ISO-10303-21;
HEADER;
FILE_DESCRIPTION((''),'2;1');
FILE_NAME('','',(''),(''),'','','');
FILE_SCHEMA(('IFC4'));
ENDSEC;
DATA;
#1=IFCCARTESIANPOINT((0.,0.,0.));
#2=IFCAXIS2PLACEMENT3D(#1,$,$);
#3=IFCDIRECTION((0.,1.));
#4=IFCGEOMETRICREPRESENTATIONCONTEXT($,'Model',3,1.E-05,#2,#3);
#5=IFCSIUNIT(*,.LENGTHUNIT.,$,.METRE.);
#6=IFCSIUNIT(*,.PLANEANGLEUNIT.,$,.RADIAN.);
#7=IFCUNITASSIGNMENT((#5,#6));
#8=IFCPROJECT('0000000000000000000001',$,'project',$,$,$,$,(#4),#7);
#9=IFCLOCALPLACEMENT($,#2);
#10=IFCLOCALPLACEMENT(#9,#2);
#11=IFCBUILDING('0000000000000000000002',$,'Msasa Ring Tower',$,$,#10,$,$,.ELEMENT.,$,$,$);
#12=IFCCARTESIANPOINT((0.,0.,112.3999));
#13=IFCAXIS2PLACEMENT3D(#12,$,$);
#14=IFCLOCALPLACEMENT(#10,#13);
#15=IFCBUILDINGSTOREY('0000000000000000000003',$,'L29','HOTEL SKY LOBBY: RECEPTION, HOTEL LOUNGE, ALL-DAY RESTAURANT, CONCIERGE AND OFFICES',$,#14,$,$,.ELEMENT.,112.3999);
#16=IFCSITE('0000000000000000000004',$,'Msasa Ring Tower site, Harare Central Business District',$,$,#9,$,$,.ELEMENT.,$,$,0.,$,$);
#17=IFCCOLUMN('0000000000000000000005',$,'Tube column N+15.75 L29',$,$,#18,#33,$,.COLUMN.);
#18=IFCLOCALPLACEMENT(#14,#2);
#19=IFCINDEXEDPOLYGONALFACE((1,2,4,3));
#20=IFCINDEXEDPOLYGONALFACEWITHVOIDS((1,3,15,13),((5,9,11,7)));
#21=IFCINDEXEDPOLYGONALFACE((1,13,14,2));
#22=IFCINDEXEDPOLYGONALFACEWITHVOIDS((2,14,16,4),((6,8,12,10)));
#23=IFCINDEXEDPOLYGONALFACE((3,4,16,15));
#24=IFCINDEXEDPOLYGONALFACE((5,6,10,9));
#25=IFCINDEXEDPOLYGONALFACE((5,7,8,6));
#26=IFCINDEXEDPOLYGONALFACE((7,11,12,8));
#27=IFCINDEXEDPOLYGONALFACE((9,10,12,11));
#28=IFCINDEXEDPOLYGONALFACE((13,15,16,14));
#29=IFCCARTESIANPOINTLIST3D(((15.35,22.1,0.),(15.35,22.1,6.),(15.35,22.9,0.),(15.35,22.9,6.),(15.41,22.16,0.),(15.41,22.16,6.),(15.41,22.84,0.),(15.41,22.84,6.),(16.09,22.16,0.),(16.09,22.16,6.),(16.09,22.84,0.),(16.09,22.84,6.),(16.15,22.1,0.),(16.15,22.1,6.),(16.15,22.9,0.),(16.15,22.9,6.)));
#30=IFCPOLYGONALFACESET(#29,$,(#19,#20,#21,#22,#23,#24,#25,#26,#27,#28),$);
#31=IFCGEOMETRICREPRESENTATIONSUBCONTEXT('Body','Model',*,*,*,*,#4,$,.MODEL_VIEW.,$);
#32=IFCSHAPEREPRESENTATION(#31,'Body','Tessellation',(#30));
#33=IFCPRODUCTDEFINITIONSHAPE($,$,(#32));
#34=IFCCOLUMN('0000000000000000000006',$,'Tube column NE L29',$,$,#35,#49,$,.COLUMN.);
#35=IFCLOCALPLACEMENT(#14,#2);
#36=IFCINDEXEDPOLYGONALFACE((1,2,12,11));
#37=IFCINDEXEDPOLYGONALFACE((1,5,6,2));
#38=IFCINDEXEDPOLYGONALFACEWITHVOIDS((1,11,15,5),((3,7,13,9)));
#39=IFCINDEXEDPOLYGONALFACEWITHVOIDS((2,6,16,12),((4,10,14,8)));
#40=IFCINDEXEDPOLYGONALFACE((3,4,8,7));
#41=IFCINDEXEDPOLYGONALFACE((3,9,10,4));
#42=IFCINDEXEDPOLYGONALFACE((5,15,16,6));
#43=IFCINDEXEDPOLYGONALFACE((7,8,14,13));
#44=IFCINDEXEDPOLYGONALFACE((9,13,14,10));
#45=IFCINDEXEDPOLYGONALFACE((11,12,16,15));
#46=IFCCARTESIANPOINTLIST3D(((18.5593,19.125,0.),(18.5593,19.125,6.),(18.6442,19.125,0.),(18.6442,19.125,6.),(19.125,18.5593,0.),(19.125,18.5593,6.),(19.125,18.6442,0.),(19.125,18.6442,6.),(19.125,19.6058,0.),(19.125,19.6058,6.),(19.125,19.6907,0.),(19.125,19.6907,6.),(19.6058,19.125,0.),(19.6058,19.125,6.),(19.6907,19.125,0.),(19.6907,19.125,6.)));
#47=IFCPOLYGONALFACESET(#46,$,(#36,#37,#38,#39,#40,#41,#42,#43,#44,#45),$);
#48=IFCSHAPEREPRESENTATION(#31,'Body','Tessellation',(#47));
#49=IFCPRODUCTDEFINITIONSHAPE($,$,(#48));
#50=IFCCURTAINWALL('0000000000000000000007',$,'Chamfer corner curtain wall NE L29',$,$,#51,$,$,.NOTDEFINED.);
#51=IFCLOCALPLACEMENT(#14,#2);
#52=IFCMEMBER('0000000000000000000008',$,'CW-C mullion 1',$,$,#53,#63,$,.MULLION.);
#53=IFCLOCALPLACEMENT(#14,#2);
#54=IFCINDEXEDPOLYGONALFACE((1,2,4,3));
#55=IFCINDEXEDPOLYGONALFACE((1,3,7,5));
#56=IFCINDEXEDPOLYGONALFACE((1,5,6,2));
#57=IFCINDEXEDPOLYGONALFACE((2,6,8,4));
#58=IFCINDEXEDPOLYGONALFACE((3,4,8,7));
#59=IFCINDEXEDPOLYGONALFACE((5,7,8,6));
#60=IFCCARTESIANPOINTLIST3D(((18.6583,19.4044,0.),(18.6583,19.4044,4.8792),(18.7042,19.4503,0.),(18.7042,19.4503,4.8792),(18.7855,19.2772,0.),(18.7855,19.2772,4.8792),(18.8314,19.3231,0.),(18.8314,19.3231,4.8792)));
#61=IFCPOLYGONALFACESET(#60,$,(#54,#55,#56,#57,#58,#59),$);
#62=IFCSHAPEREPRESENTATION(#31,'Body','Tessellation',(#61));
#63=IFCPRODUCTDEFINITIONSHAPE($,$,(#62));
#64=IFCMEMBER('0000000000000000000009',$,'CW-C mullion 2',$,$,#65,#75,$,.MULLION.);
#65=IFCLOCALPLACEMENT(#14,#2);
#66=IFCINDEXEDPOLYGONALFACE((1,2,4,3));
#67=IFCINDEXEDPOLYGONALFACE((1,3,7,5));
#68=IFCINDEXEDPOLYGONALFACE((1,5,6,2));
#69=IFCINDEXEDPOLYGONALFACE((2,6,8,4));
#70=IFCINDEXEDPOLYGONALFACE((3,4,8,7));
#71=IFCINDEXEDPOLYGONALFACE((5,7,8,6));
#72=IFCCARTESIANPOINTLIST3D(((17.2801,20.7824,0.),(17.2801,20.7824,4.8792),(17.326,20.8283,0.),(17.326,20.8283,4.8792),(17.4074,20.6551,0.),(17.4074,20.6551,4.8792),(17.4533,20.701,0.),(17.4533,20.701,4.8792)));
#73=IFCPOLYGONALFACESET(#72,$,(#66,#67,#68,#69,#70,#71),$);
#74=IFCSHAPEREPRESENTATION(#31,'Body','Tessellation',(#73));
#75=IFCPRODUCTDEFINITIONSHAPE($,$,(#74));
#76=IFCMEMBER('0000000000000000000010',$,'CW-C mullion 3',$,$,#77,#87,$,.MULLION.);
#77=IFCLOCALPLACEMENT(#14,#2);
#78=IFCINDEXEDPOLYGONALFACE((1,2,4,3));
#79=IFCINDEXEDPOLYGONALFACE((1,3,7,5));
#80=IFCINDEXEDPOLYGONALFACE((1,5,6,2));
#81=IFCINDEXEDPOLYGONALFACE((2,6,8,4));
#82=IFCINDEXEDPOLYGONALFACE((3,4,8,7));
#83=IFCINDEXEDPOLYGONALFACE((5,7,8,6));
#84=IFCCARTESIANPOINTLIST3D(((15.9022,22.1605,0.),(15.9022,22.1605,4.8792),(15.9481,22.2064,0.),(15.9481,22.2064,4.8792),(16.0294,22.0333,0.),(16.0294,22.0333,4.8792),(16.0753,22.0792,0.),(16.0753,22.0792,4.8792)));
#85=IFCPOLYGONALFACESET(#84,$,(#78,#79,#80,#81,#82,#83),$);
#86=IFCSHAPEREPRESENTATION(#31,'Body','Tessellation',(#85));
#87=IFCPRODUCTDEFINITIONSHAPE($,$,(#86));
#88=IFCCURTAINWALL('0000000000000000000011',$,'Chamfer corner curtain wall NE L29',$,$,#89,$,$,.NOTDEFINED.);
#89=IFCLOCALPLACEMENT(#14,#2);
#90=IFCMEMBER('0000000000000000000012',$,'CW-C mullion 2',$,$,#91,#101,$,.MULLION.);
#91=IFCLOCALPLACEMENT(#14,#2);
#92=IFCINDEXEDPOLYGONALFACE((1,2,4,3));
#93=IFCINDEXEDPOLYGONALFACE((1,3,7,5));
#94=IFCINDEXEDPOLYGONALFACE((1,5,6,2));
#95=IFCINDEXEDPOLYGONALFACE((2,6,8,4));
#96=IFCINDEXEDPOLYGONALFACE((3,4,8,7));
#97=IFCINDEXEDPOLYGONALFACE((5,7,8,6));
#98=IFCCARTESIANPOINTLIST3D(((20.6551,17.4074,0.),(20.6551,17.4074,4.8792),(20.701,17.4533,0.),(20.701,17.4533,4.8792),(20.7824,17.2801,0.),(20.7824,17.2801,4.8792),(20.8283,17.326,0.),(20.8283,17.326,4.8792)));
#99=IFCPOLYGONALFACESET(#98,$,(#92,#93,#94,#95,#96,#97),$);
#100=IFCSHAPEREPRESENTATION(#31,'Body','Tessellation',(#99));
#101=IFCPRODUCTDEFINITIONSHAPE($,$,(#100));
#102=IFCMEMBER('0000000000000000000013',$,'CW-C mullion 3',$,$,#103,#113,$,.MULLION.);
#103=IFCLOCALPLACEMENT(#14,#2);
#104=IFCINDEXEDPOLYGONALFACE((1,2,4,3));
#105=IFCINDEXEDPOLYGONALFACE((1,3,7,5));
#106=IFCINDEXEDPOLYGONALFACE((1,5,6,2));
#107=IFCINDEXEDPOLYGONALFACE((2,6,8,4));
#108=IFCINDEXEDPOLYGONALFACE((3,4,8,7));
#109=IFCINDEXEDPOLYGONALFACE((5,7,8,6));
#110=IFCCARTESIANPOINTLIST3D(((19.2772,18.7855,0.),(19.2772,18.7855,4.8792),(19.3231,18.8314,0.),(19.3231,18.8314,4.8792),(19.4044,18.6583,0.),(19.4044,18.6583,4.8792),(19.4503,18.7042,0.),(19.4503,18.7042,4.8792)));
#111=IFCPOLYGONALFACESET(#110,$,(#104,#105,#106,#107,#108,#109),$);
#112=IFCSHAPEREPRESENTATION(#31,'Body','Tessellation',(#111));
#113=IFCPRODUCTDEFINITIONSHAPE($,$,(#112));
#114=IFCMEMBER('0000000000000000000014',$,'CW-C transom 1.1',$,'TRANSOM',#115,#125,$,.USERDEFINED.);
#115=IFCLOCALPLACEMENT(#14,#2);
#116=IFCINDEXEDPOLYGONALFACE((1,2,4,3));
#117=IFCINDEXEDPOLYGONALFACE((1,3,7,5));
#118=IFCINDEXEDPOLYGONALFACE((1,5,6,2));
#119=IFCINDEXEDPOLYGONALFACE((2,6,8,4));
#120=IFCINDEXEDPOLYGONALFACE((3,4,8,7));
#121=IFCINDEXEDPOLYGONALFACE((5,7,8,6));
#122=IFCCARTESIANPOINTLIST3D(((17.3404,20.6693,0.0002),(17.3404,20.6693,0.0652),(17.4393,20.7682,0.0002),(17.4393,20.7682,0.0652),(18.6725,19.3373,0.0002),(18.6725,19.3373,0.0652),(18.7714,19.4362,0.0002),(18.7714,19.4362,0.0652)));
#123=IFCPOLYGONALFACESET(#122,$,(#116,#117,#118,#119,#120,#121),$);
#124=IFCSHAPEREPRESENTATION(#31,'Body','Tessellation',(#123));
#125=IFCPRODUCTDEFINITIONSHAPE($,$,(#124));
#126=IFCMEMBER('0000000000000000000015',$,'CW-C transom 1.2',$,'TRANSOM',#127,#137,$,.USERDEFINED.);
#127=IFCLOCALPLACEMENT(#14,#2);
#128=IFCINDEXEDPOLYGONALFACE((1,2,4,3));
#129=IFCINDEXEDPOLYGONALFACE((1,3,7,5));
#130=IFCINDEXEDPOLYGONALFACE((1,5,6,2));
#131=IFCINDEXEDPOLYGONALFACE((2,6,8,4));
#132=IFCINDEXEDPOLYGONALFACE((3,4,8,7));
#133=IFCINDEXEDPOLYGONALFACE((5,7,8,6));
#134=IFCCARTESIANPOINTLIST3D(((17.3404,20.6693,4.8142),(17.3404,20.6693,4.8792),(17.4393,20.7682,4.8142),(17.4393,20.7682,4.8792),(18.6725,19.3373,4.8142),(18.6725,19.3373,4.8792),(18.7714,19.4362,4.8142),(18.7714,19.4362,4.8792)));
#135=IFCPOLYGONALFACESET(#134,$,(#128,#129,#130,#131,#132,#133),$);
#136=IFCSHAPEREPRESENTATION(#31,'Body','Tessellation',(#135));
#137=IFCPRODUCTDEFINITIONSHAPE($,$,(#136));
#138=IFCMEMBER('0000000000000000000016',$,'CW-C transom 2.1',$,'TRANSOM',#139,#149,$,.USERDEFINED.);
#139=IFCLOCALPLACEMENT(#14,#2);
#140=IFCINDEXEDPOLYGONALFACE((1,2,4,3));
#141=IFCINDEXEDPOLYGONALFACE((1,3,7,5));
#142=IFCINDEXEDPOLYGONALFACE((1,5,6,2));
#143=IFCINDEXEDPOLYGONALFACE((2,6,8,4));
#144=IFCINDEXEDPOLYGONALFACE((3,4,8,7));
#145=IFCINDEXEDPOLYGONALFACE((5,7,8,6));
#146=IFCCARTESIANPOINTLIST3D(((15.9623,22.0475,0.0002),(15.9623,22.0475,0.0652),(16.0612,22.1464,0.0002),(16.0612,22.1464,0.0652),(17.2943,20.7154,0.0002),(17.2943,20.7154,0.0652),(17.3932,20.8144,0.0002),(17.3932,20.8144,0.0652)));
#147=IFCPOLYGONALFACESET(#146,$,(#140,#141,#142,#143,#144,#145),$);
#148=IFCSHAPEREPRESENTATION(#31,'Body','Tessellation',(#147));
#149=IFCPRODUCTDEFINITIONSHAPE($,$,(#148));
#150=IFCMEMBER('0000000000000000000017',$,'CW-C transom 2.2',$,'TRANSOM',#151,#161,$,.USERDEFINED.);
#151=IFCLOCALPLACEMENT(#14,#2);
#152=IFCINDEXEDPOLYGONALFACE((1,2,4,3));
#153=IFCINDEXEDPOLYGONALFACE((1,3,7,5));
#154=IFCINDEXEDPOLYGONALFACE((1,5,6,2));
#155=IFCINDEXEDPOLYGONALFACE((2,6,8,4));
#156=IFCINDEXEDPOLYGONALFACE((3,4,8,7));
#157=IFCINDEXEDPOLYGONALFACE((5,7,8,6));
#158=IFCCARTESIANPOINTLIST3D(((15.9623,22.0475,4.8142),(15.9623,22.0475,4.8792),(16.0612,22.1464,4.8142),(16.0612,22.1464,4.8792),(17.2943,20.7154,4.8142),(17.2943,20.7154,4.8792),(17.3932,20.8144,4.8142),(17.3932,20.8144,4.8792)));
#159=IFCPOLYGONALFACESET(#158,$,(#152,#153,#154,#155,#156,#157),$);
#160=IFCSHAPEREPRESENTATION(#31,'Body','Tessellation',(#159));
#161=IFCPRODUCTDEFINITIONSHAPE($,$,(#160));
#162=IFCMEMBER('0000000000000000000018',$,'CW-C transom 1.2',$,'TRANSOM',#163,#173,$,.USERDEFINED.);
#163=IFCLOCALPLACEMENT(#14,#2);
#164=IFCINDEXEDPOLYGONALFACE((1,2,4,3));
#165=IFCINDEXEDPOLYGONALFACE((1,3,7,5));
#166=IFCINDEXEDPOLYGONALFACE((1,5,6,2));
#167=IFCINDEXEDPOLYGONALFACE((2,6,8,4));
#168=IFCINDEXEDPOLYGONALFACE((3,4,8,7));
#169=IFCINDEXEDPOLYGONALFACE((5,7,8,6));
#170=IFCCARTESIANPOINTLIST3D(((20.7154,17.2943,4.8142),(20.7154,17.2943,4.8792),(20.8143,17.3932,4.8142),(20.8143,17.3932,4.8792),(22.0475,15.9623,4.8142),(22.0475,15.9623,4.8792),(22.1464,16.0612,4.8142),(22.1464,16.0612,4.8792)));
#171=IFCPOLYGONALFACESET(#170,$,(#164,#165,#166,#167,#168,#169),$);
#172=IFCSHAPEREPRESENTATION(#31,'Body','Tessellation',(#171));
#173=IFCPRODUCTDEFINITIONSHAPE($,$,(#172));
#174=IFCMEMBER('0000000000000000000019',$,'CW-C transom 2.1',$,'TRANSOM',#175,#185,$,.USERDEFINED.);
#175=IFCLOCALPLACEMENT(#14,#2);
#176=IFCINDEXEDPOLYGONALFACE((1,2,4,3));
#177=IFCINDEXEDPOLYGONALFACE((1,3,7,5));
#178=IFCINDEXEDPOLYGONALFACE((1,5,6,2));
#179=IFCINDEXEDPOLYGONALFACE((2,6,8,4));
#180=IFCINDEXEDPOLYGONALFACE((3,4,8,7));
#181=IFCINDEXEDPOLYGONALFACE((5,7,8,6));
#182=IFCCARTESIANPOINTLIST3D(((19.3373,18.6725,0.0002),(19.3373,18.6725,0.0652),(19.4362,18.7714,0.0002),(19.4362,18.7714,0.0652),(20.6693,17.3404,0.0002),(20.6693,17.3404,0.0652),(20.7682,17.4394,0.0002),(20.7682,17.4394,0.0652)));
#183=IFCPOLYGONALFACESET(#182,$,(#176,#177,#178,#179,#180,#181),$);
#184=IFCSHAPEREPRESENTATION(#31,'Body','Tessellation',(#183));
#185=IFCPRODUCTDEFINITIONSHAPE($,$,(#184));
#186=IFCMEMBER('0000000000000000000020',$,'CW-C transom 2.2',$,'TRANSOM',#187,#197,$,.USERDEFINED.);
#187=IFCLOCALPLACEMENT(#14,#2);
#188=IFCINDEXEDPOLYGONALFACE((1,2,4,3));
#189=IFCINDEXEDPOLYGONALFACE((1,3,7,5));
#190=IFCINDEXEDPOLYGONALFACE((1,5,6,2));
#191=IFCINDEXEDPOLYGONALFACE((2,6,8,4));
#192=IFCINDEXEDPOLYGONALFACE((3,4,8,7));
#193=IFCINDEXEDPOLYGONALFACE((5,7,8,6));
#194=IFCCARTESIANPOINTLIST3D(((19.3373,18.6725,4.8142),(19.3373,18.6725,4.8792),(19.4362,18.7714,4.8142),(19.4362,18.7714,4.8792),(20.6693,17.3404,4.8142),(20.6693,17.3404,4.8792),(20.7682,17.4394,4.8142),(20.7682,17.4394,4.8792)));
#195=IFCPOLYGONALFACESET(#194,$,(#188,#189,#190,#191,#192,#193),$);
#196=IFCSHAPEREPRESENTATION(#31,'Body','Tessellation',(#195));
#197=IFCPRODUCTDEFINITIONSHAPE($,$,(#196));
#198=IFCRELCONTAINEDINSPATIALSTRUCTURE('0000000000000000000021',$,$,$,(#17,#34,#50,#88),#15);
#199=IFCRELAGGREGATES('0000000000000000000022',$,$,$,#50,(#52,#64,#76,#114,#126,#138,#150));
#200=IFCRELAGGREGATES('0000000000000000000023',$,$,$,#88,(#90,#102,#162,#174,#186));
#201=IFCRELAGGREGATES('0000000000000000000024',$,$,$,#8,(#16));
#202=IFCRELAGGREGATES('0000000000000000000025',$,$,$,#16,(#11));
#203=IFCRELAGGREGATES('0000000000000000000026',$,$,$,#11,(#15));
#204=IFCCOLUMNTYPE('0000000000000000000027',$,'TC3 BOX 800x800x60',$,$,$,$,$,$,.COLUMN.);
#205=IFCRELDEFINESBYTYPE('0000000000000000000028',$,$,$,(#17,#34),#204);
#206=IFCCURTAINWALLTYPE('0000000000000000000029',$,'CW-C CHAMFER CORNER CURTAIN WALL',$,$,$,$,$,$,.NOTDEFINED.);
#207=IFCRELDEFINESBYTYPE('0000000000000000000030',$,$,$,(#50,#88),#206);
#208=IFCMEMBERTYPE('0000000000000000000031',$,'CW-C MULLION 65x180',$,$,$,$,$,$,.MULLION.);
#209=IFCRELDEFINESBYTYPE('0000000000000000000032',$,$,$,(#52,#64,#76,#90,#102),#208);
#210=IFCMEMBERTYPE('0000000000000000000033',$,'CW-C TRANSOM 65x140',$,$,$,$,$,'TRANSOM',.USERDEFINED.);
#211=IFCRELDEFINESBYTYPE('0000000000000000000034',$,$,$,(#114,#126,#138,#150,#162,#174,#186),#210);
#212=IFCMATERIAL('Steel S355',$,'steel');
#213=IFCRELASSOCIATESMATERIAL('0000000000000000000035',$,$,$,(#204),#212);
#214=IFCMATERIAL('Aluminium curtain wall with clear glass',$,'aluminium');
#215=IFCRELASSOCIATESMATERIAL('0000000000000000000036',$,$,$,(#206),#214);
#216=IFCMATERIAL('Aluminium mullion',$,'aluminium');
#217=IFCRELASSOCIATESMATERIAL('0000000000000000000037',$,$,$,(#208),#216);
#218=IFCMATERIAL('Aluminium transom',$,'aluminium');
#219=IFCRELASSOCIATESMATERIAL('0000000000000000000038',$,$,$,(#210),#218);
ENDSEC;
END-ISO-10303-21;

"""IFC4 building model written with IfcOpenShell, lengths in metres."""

from ifc_helpers import new_model, si_unit, direction, frame, origin, origin_2d, place, context, subcontext, project, spatial, rectangle, hollow_rectangle, extrude, material, material_profile, profile_set, type_object, element, aggregate, save


model = new_model("IFC4")

# Units and contexts
model_context = context("Model", 3, precision=1e-05, world=origin(), true_north=direction((0.0, 1.0)))
body_context = subcontext(model_context, "Body", "Model", "MODEL_VIEW")
ifc_project = project(units=[si_unit("LENGTHUNIT", "METRE"), si_unit("PLANEANGLEUNIT", "RADIAN")], contexts=[model_context])

# Site, building, storey
site_placement = place(None, origin())
site = spatial("IfcSite", under=ifc_project, at=site_placement, Name="Msasa Ring Tower site, Harare Central Business District", CompositionType="ELEMENT", RefElevation=0.0)
building_placement = place(site_placement, origin())
building = spatial("IfcBuilding", under=site, at=building_placement, Name="Msasa Ring Tower", CompositionType="ELEMENT")
storey_placement = place(building_placement, frame((0.0, 0.0, 112.3999)))
storey = spatial("IfcBuildingStorey", under=building, at=storey_placement, Name="L29", Description="HOTEL SKY LOBBY: RECEPTION, HOTEL LOUNGE, ALL-DAY RESTAURANT, CONCIERGE AND OFFICES", CompositionType="ELEMENT", Elevation=112.3999)

# Columns
ifc_material_1 = material(Name="Steel S355", Category="steel")
ifc_material_profile_1 = material_profile(ifc_material_1, hollow_rectangle(XDim=0.8, YDim=0.8, WallThickness=0.0601, at=origin_2d()), Name="BOX 800x800x60")
ifc_profile_set_1 = profile_set([ifc_material_profile_1], Name="Steel S355")
column_type = type_object("IfcColumnType", Name="TC3 BOX 800x800x60", PredefinedType="COLUMN", material=ifc_profile_set_1)
for number, where, z_axis, x_axis, name in (
    (1, (15.75, 22.5, 0.0), (0.0, 0.0, 1.0), (0.0, 1.0, 0.0), "Tube column N+15.75 L29"),
    (2, (19.125, 19.125, 0.0), (0.0, 0.0, 1.0), (0.707107, 0.707107, 0.0), "Tube column NE L29"),
):
    element("IfcColumn", number, at=place(storey_placement, frame(where, z_axis=z_axis, x_axis=x_axis)), inside=storey, type_object=column_type, Name=name, PredefinedType="COLUMN", context=body_context, shape_type="SweptSolid", body=[
        extrude(hollow_rectangle(XDim=0.8, YDim=0.8, WallThickness=0.0601, at=origin_2d()), origin(), (0.0, 0.0, 1.0), 6.0),
    ])

# Curtain walls, members
ifc_material_2 = material(Name="Aluminium curtain wall with clear glass", Category="aluminium")
curtain_wall_type_1 = type_object("IfcCurtainWallType", Name="CW-C CHAMFER CORNER CURTAIN WALL", PredefinedType="NOTDEFINED", material=ifc_material_2)
curtain_wall_1_placement = place(storey_placement, origin())
curtain_wall_1 = element("IfcCurtainWall", 3, at=curtain_wall_1_placement, inside=storey, type_object=curtain_wall_type_1, Name="Chamfer corner curtain wall NE L29", PredefinedType="NOTDEFINED")
ifc_material_3 = material(Name="Aluminium mullion", Category="aluminium")
ifc_material_profile_2 = material_profile(ifc_material_3, rectangle(XDim=0.0649, YDim=0.1799, at=origin_2d()), Name="AL 65x180")
ifc_profile_set_2 = profile_set([ifc_material_profile_2], Name="Aluminium mullion")
member_type_1 = type_object("IfcMemberType", Name="CW-C MULLION 65x180", PredefinedType="MULLION", material=ifc_profile_set_2)
member_1_placement = place(storey_placement, frame((18.7449, 19.3638, 0.0), z_axis=(0.0, 0.0, 1.0), x_axis=(-0.707107, -0.707107, 0.0)))
member_1 = element("IfcMember", 4, at=member_1_placement, type_object=member_type_1, Name="CW-C mullion 1", PredefinedType="MULLION", context=body_context, shape_type="SweptSolid", body=[
    extrude(rectangle(XDim=0.0649, YDim=0.1799, at=origin_2d()), origin(), (0.0, 0.0, 1.0), 4.8792),
])
member_2_placement = place(storey_placement, frame((17.3667, 20.7417, 0.0), z_axis=(0.0, 0.0, 1.0), x_axis=(-0.707107, -0.707107, 0.0)))
member_2 = element("IfcMember", 5, at=member_2_placement, type_object=member_type_1, Name="CW-C mullion 2", PredefinedType="MULLION", context=body_context, shape_type="SweptSolid", body=[
    extrude(rectangle(XDim=0.0649, YDim=0.1799, at=origin_2d()), origin(), (0.0, 0.0, 1.0), 4.8792),
])
member_3_placement = place(storey_placement, frame((15.9888, 22.1199, 0.0), z_axis=(0.0, 0.0, 1.0), x_axis=(-0.707107, -0.707107, 0.0)))
member_3 = element("IfcMember", 6, at=member_3_placement, type_object=member_type_1, Name="CW-C mullion 3", PredefinedType="MULLION", context=body_context, shape_type="SweptSolid", body=[
    extrude(rectangle(XDim=0.0649, YDim=0.1799, at=origin_2d()), origin(), (0.0, 0.0, 1.0), 4.8792),
])
curtain_wall_2_placement = place(storey_placement, origin())
curtain_wall_2 = element("IfcCurtainWall", 7, at=curtain_wall_2_placement, inside=storey, type_object=curtain_wall_type_1, Name="Chamfer corner curtain wall NE L29", PredefinedType="NOTDEFINED")
member_4_placement = place(storey_placement, frame((20.7417, 17.3667, 0.0), z_axis=(0.0, 0.0, 1.0), x_axis=(-0.707107, -0.707107, 0.0)))
member_4 = element("IfcMember", 8, at=member_4_placement, type_object=member_type_1, Name="CW-C mullion 2", PredefinedType="MULLION", context=body_context, shape_type="SweptSolid", body=[
    extrude(rectangle(XDim=0.0649, YDim=0.1799, at=origin_2d()), origin(), (0.0, 0.0, 1.0), 4.8792),
])
member_5_placement = place(storey_placement, frame((19.3638, 18.7449, 0.0), z_axis=(0.0, 0.0, 1.0), x_axis=(-0.707107, -0.707107, 0.0)))
member_5 = element("IfcMember", 9, at=member_5_placement, type_object=member_type_1, Name="CW-C mullion 3", PredefinedType="MULLION", context=body_context, shape_type="SweptSolid", body=[
    extrude(rectangle(XDim=0.0649, YDim=0.1799, at=origin_2d()), origin(), (0.0, 0.0, 1.0), 4.8792),
])

# Members
ifc_material_4 = material(Name="Aluminium transom", Category="aluminium")
ifc_material_profile_3 = material_profile(ifc_material_4, rectangle(XDim=0.1399, YDim=0.0649, at=origin_2d()), Name="AL 65x140")
ifc_profile_set_3 = profile_set([ifc_material_profile_3], Name="Aluminium transom")
member_type_2 = type_object("IfcMemberType", Name="CW-C TRANSOM 65x140", ElementType="TRANSOM", PredefinedType="USERDEFINED", material=ifc_profile_set_3)
member_6_placement = place(storey_placement, frame((18.7219, 19.3867, 0.0327), z_axis=(-0.707107, 0.707107, 0.0), x_axis=(-0.707107, -0.707107, 0.0)))
member_6 = element("IfcMember", 10, at=member_6_placement, type_object=member_type_2, Name="CW-C transom 1.1", ObjectType="TRANSOM", PredefinedType="USERDEFINED", context=body_context, shape_type="SweptSolid", body=[
    extrude(rectangle(XDim=0.1399, YDim=0.0649, at=origin_2d()), origin(), (0.0, 0.0, 1.0), 1.8838),
])
member_7_placement = place(storey_placement, frame((18.7219, 19.3867, 4.8467), z_axis=(-0.707107, 0.707107, 0.0), x_axis=(-0.707107, -0.707107, 0.0)))
member_7 = element("IfcMember", 11, at=member_7_placement, type_object=member_type_2, Name="CW-C transom 1.2", ObjectType="TRANSOM", PredefinedType="USERDEFINED", context=body_context, shape_type="SweptSolid", body=[
    extrude(rectangle(XDim=0.1399, YDim=0.0649, at=origin_2d()), origin(), (0.0, 0.0, 1.0), 1.8838),
])
member_8_placement = place(storey_placement, frame((17.3438, 20.7649, 0.0327), z_axis=(-0.707107, 0.707107, 0.0), x_axis=(-0.707107, -0.707107, 0.0)))
member_8 = element("IfcMember", 12, at=member_8_placement, type_object=member_type_2, Name="CW-C transom 2.1", ObjectType="TRANSOM", PredefinedType="USERDEFINED", context=body_context, shape_type="SweptSolid", body=[
    extrude(rectangle(XDim=0.1399, YDim=0.0649, at=origin_2d()), origin(), (0.0, 0.0, 1.0), 1.8838),
])
member_9_placement = place(storey_placement, frame((17.3438, 20.7649, 4.8467), z_axis=(-0.707107, 0.707107, 0.0), x_axis=(-0.707107, -0.707107, 0.0)))
member_9 = element("IfcMember", 13, at=member_9_placement, type_object=member_type_2, Name="CW-C transom 2.2", ObjectType="TRANSOM", PredefinedType="USERDEFINED", context=body_context, shape_type="SweptSolid", body=[
    extrude(rectangle(XDim=0.1399, YDim=0.0649, at=origin_2d()), origin(), (0.0, 0.0, 1.0), 1.8838),
])
member_10_placement = place(storey_placement, frame((22.0969, 16.0117, 4.8467), z_axis=(-0.707107, 0.707107, 0.0), x_axis=(-0.707107, -0.707107, 0.0)))
member_10 = element("IfcMember", 14, at=member_10_placement, type_object=member_type_2, Name="CW-C transom 1.2", ObjectType="TRANSOM", PredefinedType="USERDEFINED", context=body_context, shape_type="SweptSolid", body=[
    extrude(rectangle(XDim=0.1399, YDim=0.0649, at=origin_2d()), origin(), (0.0, 0.0, 1.0), 1.8838),
])
member_11_placement = place(storey_placement, frame((20.7188, 17.3899, 0.0327), z_axis=(-0.707107, 0.707107, 0.0), x_axis=(-0.707107, -0.707107, 0.0)))
member_11 = element("IfcMember", 15, at=member_11_placement, type_object=member_type_2, Name="CW-C transom 2.1", ObjectType="TRANSOM", PredefinedType="USERDEFINED", context=body_context, shape_type="SweptSolid", body=[
    extrude(rectangle(XDim=0.1399, YDim=0.0649, at=origin_2d()), origin(), (0.0, 0.0, 1.0), 1.8838),
])
member_12_placement = place(storey_placement, frame((20.7188, 17.3899, 4.8467), z_axis=(-0.707107, 0.707107, 0.0), x_axis=(-0.707107, -0.707107, 0.0)))
member_12 = element("IfcMember", 16, at=member_12_placement, type_object=member_type_2, Name="CW-C transom 2.2", ObjectType="TRANSOM", PredefinedType="USERDEFINED", context=body_context, shape_type="SweptSolid", body=[
    extrude(rectangle(XDim=0.1399, YDim=0.0649, at=origin_2d()), origin(), (0.0, 0.0, 1.0), 1.8838),
])

aggregate(curtain_wall_1, [member_1, member_2, member_3, member_6, member_7, member_8, member_9])
aggregate(curtain_wall_2, [member_4, member_5, member_10, member_11, member_12])

save(model, "model.ifc")
